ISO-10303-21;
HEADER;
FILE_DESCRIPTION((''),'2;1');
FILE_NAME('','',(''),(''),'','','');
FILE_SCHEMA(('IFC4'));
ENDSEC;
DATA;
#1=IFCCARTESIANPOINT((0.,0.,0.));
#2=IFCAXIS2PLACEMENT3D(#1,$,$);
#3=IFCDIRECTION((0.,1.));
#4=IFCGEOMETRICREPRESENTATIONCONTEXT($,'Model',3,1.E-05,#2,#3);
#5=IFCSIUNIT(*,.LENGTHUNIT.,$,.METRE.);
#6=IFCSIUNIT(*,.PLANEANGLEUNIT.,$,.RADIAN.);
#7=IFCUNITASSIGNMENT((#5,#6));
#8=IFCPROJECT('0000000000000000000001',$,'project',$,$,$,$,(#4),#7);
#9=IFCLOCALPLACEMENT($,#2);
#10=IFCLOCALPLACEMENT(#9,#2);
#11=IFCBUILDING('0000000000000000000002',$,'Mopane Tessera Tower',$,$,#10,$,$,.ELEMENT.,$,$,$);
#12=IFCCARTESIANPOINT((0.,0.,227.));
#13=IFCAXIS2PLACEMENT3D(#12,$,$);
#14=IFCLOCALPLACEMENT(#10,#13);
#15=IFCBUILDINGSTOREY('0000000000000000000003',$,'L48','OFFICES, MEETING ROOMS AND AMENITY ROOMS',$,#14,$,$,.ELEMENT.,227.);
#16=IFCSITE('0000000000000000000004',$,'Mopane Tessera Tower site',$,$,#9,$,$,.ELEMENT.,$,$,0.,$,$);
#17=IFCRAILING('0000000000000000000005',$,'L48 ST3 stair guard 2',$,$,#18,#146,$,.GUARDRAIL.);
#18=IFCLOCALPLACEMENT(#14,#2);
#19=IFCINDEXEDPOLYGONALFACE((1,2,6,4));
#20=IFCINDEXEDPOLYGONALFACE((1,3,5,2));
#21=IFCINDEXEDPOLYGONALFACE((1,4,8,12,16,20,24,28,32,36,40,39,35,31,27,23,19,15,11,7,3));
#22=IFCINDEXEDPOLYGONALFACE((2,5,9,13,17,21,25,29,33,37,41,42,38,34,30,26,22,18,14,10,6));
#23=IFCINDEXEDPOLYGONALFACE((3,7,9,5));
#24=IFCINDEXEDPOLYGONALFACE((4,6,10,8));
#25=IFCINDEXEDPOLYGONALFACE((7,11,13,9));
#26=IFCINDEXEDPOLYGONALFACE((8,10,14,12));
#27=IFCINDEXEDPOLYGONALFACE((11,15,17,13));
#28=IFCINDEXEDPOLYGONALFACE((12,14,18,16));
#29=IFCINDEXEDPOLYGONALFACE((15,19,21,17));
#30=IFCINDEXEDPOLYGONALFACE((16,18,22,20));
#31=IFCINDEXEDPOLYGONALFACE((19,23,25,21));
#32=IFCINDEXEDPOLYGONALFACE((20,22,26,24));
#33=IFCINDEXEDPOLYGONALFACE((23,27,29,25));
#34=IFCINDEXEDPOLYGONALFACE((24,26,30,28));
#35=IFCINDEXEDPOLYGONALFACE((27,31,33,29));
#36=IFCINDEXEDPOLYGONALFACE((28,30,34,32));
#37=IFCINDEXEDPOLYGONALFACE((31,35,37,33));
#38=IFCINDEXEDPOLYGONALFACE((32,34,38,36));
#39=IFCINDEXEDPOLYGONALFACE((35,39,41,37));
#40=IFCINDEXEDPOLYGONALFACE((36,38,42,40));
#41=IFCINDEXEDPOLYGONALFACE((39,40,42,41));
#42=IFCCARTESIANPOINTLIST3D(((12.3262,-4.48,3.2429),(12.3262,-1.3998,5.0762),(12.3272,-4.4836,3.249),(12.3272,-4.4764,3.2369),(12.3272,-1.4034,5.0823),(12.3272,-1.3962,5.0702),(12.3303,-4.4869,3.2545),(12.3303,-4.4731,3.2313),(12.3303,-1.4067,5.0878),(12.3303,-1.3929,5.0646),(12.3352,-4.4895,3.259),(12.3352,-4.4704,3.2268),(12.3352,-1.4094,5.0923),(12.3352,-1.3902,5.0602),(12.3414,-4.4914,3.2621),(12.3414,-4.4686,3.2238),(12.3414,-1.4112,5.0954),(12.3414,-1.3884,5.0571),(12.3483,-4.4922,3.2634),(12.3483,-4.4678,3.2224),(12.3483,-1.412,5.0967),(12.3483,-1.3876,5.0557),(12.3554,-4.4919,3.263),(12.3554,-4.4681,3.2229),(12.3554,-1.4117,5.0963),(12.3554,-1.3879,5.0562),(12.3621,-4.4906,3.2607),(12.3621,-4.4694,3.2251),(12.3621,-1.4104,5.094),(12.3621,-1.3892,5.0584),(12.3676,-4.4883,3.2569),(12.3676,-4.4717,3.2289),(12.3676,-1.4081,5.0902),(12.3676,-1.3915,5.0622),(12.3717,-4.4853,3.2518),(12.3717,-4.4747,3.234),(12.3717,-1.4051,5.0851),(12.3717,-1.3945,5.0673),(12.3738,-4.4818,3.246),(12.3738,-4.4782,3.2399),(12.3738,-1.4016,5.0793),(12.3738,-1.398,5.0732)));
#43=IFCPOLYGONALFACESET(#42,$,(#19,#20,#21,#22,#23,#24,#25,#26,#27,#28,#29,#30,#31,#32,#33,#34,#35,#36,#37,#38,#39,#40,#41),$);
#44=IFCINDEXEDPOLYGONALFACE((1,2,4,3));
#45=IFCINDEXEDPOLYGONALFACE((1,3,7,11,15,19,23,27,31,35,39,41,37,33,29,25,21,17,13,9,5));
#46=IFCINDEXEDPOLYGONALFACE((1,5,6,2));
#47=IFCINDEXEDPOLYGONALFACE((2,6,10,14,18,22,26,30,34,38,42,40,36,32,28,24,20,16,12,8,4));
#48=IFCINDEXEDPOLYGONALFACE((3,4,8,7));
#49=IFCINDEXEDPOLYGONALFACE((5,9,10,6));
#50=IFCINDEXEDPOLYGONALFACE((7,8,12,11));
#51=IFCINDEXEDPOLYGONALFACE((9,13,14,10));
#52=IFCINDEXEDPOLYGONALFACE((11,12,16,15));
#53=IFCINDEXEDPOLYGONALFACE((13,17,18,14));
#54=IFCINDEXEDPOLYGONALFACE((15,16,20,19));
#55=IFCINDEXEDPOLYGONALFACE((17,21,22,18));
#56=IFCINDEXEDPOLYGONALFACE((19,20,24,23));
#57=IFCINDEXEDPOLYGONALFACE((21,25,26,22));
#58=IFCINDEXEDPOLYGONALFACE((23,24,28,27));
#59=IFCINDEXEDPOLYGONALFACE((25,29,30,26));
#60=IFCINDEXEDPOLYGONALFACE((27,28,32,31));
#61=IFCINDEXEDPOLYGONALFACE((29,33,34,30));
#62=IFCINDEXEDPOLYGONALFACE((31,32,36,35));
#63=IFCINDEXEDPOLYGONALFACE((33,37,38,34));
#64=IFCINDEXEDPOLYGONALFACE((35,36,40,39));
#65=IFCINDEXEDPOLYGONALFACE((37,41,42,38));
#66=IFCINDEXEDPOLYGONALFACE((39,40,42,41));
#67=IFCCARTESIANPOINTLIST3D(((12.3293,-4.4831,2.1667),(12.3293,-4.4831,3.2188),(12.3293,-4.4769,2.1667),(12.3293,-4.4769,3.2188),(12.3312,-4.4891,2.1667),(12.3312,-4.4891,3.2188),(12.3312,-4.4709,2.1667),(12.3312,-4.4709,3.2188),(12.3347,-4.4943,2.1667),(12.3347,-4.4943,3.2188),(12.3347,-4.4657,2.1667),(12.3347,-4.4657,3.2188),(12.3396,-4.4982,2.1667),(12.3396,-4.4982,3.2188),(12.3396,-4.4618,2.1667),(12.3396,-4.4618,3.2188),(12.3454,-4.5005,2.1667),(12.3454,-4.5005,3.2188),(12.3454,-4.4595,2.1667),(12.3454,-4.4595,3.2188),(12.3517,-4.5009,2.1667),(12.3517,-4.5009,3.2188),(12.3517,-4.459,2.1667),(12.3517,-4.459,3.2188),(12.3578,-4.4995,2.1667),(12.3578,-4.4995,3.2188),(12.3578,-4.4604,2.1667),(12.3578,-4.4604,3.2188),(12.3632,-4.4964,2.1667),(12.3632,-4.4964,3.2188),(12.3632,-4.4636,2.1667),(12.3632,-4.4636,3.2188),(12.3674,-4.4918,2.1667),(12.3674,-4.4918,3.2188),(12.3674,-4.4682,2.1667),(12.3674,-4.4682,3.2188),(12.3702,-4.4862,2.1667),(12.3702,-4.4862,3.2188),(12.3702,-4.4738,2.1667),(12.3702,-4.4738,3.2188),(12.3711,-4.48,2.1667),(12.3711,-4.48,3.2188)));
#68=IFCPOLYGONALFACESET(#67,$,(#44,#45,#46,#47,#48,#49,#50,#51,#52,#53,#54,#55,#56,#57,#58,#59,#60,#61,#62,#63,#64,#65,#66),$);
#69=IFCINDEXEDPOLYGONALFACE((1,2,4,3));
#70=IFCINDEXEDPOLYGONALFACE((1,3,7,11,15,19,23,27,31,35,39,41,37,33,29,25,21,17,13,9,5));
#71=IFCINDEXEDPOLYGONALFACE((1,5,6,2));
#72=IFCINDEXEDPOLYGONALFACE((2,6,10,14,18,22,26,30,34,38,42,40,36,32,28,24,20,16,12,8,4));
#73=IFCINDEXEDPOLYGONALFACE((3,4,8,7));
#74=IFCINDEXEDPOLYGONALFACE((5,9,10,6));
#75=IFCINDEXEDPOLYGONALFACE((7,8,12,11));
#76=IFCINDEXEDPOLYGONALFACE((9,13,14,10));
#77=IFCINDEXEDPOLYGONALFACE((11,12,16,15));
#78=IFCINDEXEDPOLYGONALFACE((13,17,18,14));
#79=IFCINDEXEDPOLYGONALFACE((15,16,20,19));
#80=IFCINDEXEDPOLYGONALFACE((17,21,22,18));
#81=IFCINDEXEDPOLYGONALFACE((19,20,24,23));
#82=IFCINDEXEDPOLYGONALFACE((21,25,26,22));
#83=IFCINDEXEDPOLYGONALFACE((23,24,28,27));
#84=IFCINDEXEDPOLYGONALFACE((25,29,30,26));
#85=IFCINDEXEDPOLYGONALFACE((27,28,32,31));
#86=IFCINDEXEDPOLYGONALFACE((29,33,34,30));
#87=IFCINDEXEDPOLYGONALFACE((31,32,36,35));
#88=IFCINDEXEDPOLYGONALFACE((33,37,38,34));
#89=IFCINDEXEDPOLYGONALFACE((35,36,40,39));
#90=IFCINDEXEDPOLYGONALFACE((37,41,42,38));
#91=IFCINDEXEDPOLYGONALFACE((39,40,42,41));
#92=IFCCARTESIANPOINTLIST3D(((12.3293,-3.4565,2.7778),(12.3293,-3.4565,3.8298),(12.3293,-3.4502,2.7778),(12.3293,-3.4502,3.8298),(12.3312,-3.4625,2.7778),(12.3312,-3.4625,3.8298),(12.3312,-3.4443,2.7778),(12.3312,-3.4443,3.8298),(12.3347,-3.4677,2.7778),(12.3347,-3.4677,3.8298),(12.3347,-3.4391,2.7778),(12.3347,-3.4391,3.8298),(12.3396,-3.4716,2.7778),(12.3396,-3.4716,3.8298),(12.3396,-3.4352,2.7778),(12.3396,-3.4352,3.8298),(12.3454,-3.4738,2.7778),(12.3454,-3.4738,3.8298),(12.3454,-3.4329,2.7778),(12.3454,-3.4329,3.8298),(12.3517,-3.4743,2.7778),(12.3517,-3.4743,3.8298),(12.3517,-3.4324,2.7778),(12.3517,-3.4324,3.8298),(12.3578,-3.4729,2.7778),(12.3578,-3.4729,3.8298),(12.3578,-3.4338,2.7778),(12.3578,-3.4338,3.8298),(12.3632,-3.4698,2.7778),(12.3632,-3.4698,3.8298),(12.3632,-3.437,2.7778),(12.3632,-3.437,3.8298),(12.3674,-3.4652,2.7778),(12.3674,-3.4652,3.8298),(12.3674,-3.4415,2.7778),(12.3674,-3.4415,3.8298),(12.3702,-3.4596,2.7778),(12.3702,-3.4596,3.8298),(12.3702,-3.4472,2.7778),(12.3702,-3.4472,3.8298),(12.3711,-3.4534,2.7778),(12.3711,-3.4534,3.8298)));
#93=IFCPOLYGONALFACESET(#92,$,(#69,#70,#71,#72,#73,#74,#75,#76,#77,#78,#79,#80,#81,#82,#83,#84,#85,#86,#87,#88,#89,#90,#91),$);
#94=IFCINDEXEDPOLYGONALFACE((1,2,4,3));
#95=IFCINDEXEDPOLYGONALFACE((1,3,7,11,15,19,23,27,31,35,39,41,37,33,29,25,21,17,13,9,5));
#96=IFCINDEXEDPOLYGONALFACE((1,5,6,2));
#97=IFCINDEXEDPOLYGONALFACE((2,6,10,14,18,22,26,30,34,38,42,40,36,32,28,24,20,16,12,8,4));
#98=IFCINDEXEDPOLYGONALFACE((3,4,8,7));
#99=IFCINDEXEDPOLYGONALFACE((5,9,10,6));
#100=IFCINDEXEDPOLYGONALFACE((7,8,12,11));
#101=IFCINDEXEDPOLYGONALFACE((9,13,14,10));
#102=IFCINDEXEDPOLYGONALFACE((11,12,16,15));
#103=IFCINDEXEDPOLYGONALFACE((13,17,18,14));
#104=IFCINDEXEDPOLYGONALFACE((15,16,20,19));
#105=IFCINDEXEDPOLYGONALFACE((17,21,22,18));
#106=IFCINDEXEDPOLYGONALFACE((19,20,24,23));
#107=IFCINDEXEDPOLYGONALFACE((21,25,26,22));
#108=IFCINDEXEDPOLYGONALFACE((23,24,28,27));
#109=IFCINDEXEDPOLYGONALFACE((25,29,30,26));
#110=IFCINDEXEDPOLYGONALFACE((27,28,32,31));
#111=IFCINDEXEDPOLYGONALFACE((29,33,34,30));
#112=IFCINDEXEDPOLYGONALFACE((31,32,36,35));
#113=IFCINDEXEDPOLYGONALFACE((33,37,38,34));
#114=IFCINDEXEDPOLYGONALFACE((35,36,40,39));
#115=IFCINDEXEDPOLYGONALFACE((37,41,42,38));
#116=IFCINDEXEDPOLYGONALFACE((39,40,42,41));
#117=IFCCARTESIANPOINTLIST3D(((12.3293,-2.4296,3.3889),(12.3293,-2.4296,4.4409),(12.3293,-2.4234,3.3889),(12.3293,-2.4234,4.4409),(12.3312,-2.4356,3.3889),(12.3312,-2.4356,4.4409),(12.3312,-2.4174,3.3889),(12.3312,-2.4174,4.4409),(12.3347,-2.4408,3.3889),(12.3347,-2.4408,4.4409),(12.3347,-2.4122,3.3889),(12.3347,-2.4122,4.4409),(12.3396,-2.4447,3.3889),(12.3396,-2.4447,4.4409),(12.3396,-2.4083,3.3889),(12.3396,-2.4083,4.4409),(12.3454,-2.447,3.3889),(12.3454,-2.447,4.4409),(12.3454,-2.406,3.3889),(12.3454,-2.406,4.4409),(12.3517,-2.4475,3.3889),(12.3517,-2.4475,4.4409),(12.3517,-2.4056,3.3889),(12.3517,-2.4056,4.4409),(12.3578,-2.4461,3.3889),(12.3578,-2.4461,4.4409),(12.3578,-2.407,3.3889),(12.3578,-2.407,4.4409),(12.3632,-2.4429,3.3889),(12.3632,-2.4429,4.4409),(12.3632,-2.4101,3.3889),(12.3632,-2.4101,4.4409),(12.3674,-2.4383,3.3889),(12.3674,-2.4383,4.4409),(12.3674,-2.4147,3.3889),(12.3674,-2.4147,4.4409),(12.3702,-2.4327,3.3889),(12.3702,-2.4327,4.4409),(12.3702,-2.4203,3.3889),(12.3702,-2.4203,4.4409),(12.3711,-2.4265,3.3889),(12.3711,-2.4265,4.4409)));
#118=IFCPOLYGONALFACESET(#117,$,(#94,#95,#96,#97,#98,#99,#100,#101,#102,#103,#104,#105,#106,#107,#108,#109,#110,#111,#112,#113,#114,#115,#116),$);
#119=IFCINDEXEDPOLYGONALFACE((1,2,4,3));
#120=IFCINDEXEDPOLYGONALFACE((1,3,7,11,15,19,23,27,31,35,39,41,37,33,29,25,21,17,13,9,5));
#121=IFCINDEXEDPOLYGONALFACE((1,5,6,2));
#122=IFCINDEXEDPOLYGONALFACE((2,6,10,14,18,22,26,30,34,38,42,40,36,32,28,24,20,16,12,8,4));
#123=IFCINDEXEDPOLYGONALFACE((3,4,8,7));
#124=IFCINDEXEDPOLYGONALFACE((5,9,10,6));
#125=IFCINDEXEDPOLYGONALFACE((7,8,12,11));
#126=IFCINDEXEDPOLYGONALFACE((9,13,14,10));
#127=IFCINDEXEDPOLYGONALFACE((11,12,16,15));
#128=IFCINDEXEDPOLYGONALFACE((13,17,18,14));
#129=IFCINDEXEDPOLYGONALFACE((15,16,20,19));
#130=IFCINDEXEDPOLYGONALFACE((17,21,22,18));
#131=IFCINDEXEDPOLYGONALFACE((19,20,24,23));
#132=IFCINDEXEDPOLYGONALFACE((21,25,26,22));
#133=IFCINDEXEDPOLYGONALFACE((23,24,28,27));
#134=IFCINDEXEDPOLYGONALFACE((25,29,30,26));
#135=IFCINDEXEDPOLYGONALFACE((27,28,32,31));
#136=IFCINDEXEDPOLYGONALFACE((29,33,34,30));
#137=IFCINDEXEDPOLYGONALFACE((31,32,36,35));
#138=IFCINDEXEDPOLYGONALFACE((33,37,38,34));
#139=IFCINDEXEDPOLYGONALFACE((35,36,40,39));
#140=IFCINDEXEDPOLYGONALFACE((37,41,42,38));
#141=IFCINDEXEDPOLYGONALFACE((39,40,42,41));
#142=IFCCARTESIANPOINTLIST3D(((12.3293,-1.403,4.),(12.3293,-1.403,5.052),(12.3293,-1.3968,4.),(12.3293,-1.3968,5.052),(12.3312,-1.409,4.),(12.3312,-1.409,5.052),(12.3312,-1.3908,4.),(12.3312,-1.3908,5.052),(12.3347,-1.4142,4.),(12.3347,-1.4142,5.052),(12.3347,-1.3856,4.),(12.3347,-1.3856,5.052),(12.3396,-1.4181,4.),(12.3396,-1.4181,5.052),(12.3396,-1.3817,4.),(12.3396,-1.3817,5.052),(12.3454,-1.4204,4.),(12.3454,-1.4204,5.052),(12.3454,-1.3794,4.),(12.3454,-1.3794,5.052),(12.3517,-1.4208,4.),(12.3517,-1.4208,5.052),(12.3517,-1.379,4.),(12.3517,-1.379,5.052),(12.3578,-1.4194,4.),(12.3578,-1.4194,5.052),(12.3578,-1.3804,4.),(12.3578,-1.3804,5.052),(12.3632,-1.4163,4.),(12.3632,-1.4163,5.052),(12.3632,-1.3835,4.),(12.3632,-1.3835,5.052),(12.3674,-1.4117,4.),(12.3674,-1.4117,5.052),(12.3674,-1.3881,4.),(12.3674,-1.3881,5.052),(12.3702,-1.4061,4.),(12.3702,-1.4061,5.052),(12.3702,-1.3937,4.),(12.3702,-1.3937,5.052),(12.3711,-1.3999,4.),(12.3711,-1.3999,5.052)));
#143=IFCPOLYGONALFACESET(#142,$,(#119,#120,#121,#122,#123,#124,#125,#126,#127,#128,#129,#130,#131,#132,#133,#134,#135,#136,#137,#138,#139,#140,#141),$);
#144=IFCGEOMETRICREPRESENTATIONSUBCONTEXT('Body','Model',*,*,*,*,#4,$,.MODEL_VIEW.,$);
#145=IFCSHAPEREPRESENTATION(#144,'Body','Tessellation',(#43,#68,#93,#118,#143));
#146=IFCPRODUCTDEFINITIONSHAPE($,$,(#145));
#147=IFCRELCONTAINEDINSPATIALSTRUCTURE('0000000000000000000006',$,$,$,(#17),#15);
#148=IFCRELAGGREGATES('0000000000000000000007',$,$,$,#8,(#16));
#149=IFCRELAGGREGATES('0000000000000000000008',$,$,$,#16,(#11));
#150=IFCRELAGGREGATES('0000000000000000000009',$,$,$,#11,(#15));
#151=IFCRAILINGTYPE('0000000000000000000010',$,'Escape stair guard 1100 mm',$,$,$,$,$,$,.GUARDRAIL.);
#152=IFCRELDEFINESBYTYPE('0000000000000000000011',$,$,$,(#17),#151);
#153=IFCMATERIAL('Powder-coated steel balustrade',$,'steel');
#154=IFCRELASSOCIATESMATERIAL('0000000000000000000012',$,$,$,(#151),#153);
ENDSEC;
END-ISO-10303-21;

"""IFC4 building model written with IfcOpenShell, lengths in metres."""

from ifc_helpers import new_model, si_unit, direction, frame, origin, origin_2d, place, context, subcontext, project, spatial, circle, extrude, material, type_object, element, save


model = new_model("IFC4")

# Units and contexts
model_context = context("Model", 3, precision=1e-05, world=origin(), true_north=direction((0.0, 1.0)))
body_context = subcontext(model_context, "Body", "Model", "MODEL_VIEW")
ifc_project = project(units=[si_unit("LENGTHUNIT", "METRE"), si_unit("PLANEANGLEUNIT", "RADIAN")], contexts=[model_context])

# Site, building, storey
site_placement = place(None, origin())
site = spatial("IfcSite", under=ifc_project, at=site_placement, Name="Mopane Tessera Tower site", CompositionType="ELEMENT", RefElevation=0.0)
building_placement = place(site_placement, origin())
building = spatial("IfcBuilding", under=site, at=building_placement, Name="Mopane Tessera Tower", CompositionType="ELEMENT")
storey_placement = place(building_placement, frame((0.0, 0.0, 227.0)))
storey = spatial("IfcBuildingStorey", under=building, at=storey_placement, Name="L48", Description="OFFICES, MEETING ROOMS AND AMENITY ROOMS", CompositionType="ELEMENT", Elevation=227.0)

# Railing
ifc_material_1 = material(Name="Powder-coated steel balustrade", Category="steel")
railing_type_1 = type_object("IfcRailingType", Name="Escape stair guard 1100 mm", PredefinedType="GUARDRAIL", material=ifc_material_1)
railing_1_placement = place(storey_placement, frame((12.3501, -4.48, 2.1667)))
element("IfcRailing", 1, at=railing_1_placement, inside=storey, type_object=railing_type_1, Name="L48 ST3 stair guard 2", PredefinedType="GUARDRAIL", context=body_context, shape_type="SweptSolid", body=[
    extrude(circle(Radius=0.0239, at=origin_2d()), frame((0.0, 0.0, 1.0762), z_axis=(0.0, 0.859309, 0.511458), x_axis=(-1.0, 0.0, 0.0)), (0.0, 0.0, 1.0), 3.5845),
    extrude(circle(Radius=0.021, at=origin_2d()), origin(), (0.0, 0.0, 1.0), 1.052),
    extrude(circle(Radius=0.021, at=origin_2d()), frame((0.0, 1.0266, 0.6111)), (0.0, 0.0, 1.0), 1.052),
    extrude(circle(Radius=0.021, at=origin_2d()), frame((0.0, 2.0535, 1.2222)), (0.0, 0.0, 1.0), 1.052),
    extrude(circle(Radius=0.021, at=origin_2d()), frame((0.0, 3.0801, 1.8333)), (0.0, 0.0, 1.0), 1.052),
])

save(model, "model.ifc")
